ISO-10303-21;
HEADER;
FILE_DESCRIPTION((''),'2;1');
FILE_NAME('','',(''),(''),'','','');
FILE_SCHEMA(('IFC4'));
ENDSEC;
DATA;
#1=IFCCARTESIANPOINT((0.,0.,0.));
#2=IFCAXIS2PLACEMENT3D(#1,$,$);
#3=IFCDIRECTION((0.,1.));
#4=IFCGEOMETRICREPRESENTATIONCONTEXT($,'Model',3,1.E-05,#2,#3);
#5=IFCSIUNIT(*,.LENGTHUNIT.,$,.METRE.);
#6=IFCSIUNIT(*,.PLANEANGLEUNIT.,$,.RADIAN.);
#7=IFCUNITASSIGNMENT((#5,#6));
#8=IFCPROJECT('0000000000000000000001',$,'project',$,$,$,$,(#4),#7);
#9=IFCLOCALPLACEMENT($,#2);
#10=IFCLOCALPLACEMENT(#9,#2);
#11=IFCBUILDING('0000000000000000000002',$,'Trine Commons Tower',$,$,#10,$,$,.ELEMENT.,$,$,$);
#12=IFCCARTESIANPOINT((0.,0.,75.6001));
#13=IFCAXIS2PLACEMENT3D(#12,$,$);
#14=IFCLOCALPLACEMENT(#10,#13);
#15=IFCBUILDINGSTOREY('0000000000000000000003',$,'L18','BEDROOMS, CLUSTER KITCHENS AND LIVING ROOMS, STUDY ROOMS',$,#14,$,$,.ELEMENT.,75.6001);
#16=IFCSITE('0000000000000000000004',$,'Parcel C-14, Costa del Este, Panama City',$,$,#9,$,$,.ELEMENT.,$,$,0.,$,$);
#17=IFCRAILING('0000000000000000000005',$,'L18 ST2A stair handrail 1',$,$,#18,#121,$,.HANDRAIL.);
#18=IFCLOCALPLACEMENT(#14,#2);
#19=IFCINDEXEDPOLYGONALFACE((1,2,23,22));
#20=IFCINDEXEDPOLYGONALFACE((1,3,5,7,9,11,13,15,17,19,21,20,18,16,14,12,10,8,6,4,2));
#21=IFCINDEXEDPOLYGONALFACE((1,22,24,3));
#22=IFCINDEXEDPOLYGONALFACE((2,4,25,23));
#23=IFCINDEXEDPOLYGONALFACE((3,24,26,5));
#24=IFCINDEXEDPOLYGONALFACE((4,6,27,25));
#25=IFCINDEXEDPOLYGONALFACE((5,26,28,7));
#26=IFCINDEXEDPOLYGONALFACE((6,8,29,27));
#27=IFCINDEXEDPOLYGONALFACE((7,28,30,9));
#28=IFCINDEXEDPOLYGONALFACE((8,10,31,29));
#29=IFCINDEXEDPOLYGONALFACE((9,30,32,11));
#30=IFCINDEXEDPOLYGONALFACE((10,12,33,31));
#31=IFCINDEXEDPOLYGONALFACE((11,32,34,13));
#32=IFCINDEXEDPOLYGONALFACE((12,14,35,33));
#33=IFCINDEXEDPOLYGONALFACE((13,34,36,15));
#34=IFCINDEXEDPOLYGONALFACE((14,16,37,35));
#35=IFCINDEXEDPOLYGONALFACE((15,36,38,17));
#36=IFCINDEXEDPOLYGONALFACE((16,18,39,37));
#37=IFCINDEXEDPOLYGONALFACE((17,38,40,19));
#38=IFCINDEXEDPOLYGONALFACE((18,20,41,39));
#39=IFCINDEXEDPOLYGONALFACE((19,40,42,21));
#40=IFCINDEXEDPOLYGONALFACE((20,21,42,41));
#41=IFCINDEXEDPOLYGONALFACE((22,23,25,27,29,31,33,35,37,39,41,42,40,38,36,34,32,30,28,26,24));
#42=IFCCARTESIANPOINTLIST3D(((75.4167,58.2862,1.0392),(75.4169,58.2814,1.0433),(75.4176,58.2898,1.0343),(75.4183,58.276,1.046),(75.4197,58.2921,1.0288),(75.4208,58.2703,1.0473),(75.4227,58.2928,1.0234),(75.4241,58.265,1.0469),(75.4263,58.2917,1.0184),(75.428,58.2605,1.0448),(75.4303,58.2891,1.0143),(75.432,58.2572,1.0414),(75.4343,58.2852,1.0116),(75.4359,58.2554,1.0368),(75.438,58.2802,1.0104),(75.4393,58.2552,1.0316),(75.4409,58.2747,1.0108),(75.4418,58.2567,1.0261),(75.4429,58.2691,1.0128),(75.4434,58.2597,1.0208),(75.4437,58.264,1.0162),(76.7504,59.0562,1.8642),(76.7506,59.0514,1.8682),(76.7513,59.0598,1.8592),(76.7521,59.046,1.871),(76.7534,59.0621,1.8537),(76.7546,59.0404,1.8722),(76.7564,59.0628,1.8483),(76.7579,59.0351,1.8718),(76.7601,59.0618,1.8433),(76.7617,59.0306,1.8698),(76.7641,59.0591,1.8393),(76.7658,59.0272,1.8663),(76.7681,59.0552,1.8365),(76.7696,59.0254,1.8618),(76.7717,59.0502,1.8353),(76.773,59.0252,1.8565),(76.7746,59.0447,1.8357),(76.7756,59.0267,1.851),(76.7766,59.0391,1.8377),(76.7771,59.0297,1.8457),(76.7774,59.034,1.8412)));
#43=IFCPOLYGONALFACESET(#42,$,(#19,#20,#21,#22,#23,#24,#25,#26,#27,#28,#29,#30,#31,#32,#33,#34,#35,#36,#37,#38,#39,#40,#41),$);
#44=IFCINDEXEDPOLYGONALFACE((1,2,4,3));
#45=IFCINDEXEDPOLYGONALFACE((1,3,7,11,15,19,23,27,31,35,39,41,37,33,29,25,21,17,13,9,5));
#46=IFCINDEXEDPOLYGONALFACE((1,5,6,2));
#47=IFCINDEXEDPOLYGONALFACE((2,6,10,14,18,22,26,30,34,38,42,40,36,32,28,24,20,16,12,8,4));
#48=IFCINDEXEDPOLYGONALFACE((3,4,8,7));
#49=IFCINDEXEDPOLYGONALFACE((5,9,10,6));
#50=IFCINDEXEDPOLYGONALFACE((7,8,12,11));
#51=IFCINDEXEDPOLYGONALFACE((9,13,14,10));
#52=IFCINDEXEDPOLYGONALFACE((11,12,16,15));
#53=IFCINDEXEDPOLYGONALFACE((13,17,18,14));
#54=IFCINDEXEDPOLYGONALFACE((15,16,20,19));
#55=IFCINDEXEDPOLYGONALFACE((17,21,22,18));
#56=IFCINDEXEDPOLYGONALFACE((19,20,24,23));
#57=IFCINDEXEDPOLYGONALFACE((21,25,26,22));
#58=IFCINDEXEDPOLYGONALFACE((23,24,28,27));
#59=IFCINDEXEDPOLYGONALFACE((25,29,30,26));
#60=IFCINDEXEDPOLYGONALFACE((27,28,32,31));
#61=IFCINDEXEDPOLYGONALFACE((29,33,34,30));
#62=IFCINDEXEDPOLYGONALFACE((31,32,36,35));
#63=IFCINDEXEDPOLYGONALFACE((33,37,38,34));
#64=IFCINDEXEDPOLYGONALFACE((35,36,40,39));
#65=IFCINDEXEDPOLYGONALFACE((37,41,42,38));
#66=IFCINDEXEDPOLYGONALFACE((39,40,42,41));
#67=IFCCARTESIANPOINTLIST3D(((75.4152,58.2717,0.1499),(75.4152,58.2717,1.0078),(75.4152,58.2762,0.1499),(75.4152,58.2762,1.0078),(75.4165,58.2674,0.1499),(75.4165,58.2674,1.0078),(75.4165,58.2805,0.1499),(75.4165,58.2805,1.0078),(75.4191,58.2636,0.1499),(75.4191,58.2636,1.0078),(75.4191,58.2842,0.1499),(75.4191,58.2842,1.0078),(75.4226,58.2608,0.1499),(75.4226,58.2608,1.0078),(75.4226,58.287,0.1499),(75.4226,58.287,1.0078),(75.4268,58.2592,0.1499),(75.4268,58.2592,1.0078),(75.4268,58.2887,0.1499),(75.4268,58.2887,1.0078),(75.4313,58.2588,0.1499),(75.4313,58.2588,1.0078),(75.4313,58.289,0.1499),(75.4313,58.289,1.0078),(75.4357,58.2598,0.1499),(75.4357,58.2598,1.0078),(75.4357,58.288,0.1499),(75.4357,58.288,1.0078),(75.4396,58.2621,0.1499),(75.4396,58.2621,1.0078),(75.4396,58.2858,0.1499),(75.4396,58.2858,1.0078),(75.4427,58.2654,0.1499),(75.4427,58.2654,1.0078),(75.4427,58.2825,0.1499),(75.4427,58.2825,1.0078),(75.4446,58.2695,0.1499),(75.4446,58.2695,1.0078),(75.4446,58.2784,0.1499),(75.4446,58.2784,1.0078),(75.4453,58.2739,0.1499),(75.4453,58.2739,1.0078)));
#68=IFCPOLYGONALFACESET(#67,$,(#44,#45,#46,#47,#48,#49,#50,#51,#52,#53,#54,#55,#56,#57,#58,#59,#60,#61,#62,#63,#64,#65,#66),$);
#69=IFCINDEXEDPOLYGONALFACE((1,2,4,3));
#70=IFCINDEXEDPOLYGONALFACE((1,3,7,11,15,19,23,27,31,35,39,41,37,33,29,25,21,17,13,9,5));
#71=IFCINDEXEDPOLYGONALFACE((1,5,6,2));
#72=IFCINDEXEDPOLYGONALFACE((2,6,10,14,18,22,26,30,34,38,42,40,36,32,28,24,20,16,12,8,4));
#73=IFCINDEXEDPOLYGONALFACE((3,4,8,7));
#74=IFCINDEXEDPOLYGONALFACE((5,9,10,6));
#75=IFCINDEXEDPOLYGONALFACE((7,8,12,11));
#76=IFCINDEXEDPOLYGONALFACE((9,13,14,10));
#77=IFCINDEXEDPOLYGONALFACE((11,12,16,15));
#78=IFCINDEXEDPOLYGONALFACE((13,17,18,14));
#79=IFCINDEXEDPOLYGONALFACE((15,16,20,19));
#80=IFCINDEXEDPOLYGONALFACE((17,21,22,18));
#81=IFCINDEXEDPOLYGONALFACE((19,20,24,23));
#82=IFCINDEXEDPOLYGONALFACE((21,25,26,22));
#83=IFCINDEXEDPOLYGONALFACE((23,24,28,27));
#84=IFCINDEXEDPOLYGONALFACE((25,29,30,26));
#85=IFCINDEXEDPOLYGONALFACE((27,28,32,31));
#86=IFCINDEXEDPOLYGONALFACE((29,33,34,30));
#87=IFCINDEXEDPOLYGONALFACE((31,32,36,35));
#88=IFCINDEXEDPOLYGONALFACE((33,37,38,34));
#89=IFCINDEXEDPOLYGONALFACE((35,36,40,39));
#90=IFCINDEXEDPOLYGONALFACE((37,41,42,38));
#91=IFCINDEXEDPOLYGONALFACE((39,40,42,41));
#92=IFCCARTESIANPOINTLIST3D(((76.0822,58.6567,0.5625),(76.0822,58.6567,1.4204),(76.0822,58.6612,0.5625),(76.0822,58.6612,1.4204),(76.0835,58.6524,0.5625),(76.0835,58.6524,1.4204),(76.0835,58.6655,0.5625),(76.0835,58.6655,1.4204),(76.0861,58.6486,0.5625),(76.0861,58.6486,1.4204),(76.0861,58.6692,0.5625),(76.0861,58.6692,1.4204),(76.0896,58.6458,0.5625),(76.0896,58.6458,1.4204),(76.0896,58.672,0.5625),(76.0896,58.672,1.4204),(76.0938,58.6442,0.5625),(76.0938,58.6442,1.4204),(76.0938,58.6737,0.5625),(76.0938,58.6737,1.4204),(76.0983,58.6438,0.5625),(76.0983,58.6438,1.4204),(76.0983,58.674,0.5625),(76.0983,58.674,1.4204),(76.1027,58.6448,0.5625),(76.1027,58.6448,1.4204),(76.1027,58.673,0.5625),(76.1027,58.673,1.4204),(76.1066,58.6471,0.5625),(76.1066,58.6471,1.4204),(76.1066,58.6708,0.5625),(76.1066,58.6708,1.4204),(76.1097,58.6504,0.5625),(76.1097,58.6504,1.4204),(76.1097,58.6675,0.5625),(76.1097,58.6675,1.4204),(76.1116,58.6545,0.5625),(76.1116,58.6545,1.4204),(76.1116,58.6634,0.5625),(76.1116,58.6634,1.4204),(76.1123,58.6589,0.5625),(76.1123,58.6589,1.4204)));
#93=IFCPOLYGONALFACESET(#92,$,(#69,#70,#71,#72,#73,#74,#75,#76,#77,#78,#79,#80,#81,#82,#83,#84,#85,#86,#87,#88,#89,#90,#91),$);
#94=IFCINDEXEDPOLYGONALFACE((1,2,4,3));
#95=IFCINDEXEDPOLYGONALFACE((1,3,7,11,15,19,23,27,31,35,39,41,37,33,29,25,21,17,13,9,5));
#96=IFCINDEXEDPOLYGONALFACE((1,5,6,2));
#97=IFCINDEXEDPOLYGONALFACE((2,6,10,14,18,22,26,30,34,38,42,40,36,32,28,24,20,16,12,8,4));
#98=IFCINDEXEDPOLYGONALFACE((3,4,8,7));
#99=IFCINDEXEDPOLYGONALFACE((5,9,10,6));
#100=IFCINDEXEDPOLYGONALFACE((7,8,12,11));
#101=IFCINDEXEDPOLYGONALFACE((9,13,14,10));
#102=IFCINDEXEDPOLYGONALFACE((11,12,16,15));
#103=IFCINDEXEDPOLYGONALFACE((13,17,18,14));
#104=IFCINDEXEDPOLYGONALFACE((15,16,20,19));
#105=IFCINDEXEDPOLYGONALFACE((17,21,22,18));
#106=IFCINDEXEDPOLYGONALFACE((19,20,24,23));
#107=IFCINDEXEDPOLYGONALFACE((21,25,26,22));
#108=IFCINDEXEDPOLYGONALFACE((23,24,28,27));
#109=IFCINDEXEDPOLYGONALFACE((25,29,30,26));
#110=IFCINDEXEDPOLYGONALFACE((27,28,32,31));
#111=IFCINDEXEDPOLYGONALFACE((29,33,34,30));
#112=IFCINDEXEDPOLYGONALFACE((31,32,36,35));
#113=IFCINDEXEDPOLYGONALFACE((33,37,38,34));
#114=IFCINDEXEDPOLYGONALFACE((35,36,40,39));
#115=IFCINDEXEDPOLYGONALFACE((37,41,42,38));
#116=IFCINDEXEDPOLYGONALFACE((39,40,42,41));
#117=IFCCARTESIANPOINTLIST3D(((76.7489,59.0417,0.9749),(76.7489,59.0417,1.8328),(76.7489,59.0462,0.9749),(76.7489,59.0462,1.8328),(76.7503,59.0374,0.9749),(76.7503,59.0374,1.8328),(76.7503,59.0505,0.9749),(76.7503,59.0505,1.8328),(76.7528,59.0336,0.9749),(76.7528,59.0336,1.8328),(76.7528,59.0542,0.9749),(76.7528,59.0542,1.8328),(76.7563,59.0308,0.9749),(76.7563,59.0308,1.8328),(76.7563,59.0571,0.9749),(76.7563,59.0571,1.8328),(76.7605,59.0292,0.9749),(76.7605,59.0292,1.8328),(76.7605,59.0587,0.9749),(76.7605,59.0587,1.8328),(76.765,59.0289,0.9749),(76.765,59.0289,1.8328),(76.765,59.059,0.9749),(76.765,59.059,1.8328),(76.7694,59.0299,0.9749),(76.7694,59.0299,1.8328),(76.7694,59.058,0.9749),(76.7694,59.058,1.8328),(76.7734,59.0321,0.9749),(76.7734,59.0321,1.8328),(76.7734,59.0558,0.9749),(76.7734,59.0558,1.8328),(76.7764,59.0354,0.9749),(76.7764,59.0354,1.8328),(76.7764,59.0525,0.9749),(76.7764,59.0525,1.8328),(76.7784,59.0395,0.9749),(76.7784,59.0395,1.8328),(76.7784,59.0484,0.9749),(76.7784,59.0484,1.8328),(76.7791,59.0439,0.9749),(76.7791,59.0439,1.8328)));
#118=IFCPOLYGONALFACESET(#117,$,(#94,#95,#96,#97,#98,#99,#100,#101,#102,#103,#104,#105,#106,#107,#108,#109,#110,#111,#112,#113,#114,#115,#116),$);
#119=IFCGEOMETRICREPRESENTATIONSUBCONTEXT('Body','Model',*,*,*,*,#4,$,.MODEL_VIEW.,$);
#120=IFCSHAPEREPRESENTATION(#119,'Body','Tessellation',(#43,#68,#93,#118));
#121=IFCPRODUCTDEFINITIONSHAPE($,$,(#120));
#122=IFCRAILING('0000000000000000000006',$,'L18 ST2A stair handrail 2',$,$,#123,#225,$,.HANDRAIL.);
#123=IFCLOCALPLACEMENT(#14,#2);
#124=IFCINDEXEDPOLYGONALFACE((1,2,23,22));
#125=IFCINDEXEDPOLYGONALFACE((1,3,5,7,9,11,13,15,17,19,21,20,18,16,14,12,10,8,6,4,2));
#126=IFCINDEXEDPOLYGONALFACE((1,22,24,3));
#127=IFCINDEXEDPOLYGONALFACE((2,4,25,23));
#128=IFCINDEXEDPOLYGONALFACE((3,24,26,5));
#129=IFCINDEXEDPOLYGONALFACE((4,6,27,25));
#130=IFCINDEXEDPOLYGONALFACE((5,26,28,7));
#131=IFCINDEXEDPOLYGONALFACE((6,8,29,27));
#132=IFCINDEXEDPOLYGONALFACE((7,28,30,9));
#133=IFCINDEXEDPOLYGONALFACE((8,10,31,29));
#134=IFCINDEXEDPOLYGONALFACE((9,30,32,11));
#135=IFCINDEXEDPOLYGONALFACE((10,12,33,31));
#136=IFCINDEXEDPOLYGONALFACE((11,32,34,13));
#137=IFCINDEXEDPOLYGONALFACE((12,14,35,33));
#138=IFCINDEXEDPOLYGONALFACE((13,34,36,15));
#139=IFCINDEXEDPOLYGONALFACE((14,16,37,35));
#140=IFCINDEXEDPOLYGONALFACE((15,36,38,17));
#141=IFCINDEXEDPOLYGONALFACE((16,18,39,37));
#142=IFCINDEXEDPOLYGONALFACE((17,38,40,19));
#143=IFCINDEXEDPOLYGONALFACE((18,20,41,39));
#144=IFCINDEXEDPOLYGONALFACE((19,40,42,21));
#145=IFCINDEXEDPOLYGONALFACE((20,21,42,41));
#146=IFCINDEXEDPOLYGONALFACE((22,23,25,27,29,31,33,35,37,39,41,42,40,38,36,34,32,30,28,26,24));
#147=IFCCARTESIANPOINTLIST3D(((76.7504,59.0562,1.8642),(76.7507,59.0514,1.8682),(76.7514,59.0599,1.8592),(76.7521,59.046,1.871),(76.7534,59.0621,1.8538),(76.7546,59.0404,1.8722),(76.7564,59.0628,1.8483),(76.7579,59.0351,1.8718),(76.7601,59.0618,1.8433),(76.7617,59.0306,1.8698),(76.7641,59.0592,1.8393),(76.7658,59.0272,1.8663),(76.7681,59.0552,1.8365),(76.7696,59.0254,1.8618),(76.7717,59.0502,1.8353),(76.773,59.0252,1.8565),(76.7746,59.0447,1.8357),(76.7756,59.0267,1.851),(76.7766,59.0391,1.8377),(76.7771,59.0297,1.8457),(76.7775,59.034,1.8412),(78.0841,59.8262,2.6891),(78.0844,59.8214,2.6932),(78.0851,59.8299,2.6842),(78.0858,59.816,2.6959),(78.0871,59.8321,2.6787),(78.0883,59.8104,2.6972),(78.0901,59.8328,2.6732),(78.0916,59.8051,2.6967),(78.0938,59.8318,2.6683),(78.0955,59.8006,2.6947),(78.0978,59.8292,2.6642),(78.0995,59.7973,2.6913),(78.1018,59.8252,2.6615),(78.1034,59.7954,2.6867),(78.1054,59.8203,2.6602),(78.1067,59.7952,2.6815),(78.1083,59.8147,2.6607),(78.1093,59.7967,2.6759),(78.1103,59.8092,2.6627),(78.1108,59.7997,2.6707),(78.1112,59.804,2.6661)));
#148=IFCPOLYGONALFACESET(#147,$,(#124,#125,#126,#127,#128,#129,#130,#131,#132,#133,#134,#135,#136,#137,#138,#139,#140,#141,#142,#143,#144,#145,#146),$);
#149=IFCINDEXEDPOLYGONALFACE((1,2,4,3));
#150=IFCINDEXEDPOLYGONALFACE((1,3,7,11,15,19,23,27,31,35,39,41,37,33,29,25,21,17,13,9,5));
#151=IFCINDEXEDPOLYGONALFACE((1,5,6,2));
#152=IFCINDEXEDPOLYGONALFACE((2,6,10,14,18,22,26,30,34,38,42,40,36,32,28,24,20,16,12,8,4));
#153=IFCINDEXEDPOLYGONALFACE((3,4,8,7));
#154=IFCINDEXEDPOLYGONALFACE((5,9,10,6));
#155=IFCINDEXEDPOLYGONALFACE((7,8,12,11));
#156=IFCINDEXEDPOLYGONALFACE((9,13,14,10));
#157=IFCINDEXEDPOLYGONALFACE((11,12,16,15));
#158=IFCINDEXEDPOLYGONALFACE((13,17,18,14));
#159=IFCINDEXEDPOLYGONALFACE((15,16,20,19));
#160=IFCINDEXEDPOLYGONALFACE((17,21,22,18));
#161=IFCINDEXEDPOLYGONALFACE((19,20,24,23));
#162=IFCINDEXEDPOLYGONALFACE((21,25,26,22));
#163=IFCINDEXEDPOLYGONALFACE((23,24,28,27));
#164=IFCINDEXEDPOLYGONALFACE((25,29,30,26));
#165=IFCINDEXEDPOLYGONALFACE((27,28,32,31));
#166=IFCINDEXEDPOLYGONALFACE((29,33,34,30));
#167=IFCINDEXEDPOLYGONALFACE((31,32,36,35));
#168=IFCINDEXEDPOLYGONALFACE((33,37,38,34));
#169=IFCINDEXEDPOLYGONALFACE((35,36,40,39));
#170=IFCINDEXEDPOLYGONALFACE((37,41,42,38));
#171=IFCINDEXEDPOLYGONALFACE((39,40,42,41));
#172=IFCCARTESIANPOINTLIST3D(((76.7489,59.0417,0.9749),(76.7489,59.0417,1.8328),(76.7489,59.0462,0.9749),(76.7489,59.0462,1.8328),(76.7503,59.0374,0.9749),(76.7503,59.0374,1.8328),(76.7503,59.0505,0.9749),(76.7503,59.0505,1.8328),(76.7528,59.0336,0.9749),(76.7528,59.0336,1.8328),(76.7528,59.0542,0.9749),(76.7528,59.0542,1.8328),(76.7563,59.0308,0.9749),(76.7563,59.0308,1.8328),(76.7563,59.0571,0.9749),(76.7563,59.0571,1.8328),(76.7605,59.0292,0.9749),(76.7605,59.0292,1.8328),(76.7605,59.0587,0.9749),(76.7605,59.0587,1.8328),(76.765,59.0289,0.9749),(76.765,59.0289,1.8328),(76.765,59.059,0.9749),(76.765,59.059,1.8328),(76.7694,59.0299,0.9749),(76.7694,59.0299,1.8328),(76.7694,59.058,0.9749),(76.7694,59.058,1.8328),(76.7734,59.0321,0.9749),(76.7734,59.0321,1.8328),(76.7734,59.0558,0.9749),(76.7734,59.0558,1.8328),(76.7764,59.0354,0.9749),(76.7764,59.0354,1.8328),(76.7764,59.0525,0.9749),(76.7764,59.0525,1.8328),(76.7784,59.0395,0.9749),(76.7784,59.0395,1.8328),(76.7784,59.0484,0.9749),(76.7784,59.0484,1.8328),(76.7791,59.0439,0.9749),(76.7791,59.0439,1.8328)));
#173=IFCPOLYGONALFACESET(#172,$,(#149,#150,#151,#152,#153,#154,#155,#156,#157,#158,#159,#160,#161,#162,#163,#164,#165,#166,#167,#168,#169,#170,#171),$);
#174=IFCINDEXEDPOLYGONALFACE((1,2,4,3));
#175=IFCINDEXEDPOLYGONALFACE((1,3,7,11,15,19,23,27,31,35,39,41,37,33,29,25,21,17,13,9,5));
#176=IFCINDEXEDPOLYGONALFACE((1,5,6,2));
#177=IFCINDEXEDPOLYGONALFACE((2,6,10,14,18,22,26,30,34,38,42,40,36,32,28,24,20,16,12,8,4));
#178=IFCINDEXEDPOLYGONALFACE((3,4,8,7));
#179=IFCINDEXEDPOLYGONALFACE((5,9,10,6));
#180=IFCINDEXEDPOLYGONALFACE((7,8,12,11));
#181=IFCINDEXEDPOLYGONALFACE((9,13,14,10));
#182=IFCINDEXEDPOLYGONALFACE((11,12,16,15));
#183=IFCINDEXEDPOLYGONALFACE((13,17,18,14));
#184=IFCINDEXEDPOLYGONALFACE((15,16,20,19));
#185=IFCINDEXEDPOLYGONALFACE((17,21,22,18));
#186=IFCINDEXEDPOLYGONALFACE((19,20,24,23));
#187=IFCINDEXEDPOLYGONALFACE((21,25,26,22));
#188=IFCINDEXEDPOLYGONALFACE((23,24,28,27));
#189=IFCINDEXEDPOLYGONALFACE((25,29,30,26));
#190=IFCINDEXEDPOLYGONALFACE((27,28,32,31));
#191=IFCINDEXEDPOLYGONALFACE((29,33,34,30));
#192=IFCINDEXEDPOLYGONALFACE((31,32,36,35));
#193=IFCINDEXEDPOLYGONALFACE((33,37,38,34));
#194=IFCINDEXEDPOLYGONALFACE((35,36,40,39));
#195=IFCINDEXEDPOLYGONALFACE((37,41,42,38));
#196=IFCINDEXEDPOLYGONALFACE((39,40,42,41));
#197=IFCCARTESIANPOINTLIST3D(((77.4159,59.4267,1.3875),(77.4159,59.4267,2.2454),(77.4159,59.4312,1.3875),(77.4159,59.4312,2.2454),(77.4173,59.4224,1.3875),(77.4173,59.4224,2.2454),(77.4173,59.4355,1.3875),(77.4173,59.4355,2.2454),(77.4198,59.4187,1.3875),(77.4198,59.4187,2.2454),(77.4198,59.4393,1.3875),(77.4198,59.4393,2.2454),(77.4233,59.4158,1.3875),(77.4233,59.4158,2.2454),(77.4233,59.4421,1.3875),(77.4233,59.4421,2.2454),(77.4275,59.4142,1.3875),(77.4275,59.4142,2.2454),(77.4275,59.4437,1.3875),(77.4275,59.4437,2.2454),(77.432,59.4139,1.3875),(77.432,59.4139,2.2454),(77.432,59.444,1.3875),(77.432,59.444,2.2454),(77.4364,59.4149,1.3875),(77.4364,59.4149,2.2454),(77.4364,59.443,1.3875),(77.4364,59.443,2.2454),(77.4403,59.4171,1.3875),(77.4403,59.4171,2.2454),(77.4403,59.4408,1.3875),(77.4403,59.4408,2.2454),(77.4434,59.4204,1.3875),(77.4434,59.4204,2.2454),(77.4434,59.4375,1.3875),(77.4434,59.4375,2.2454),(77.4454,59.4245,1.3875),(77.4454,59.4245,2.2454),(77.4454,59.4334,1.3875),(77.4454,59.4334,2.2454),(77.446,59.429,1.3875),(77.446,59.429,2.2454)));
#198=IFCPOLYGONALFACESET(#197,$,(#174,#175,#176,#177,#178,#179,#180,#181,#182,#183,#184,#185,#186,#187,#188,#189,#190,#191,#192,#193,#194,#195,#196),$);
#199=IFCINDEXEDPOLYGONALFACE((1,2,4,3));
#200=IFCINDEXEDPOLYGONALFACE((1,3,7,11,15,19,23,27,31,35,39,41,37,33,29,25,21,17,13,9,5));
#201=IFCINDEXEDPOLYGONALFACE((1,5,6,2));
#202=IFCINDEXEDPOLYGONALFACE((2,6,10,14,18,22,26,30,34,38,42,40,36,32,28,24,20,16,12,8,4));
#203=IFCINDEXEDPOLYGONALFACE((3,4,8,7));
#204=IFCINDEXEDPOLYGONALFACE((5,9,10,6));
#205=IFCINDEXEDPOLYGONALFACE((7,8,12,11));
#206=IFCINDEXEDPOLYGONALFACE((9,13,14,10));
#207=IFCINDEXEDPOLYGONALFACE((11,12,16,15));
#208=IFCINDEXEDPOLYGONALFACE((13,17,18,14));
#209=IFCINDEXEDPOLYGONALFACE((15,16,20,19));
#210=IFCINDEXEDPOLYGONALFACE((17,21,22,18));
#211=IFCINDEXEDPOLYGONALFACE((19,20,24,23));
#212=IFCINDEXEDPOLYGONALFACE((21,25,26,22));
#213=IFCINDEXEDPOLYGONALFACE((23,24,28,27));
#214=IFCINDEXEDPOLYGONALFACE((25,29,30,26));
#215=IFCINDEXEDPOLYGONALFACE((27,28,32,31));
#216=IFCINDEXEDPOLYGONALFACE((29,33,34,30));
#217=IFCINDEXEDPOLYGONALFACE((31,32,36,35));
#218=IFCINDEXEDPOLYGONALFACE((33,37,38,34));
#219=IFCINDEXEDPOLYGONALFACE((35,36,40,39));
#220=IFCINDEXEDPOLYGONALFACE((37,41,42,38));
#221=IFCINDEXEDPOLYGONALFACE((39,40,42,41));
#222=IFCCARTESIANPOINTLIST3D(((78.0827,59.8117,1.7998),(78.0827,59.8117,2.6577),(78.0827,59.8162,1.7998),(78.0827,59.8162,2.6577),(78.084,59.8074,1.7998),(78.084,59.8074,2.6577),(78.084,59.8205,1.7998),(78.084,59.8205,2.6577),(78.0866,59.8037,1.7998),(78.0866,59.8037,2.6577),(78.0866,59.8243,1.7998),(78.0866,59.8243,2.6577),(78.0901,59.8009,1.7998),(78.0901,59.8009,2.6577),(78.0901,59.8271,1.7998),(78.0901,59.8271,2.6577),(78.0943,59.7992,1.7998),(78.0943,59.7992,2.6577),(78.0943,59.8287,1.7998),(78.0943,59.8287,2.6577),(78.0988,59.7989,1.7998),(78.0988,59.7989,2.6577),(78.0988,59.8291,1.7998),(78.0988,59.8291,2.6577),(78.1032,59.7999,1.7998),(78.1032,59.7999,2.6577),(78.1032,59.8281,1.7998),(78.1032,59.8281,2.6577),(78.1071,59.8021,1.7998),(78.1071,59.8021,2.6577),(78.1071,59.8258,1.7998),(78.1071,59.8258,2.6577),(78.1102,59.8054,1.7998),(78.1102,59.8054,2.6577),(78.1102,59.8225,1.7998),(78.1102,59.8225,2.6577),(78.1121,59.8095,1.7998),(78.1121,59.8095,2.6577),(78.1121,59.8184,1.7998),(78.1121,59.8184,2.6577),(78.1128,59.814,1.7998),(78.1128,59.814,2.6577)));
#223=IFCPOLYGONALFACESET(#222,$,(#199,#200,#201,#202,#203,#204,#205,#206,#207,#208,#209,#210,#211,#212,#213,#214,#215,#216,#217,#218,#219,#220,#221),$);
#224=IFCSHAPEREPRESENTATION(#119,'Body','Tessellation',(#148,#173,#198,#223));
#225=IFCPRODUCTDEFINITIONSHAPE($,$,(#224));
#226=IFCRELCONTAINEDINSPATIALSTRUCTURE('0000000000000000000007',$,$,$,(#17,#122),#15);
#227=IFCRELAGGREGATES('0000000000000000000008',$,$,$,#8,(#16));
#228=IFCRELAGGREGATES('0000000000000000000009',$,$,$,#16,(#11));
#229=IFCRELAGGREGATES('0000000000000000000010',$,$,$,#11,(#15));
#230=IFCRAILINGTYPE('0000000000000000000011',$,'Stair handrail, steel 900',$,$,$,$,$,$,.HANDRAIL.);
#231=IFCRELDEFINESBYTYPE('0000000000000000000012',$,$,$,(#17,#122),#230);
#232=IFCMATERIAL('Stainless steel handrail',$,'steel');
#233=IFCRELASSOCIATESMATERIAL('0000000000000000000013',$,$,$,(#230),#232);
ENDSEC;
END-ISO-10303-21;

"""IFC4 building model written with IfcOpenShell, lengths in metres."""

from ifc_helpers import new_model, si_unit, direction, frame, origin, origin_2d, place, context, subcontext, project, spatial, circle, extrude, material, type_object, element, save


model = new_model("IFC4")

# Units and contexts
model_context = context("Model", 3, precision=1e-05, world=origin(), true_north=direction((0.0, 1.0)))
body_context = subcontext(model_context, "Body", "Model", "MODEL_VIEW")
ifc_project = project(units=[si_unit("LENGTHUNIT", "METRE"), si_unit("PLANEANGLEUNIT", "RADIAN")], contexts=[model_context])

# Site, building, storey
site_placement = place(None, origin())
site = spatial("IfcSite", under=ifc_project, at=site_placement, Name="Parcel C-14, Costa del Este, Panama City", CompositionType="ELEMENT", RefElevation=0.0)
building_placement = place(site_placement, origin())
building = spatial("IfcBuilding", under=site, at=building_placement, Name="Trine Commons Tower", CompositionType="ELEMENT")
storey_placement = place(building_placement, frame((0.0, 0.0, 75.6001)))
storey = spatial("IfcBuildingStorey", under=building, at=storey_placement, Name="L18", Description="BEDROOMS, CLUSTER KITCHENS AND LIVING ROOMS, STUDY ROOMS", CompositionType="ELEMENT", Elevation=75.6001)

# Railings
ifc_material_1 = material(Name="Stainless steel handrail", Category="steel")
railing_type_1 = type_object("IfcRailingType", Name="Stair handrail, steel 900", PredefinedType="HANDRAIL", material=ifc_material_1)
for number, where, name in (
    (1, (75.4302, 58.2739, 0.1499), "L18 ST2A stair handrail 1"),
    (2, (76.7639, 59.0439, 0.9749), "L18 ST2A stair handrail 2"),
):
    element("IfcRailing", number, at=place(storey_placement, frame(where)), inside=storey, type_object=railing_type_1, Name=name, PredefinedType="HANDRAIL", context=body_context, shape_type="SweptSolid", body=[
        extrude(circle(Radius=0.021, at=origin_2d()), frame((0.0, 0.0, 0.8789), z_axis=(0.763405, 0.440743, 0.472185), x_axis=(-0.499992, 0.86603, 0.0)), (0.0, 0.0, 1.0), 1.7471),
        extrude(circle(Radius=0.0151, at=origin_2d()), origin(), (0.0, 0.0, 1.0), 0.8579),
        extrude(circle(Radius=0.0151, at=origin_2d()), frame((0.667, 0.385, 0.4126)), (0.0, 0.0, 1.0), 0.8579),
        extrude(circle(Radius=0.0151, at=origin_2d()), frame((1.3337, 0.77, 0.825)), (0.0, 0.0, 1.0), 0.8579),
    ])

save(model, "model.ifc")
